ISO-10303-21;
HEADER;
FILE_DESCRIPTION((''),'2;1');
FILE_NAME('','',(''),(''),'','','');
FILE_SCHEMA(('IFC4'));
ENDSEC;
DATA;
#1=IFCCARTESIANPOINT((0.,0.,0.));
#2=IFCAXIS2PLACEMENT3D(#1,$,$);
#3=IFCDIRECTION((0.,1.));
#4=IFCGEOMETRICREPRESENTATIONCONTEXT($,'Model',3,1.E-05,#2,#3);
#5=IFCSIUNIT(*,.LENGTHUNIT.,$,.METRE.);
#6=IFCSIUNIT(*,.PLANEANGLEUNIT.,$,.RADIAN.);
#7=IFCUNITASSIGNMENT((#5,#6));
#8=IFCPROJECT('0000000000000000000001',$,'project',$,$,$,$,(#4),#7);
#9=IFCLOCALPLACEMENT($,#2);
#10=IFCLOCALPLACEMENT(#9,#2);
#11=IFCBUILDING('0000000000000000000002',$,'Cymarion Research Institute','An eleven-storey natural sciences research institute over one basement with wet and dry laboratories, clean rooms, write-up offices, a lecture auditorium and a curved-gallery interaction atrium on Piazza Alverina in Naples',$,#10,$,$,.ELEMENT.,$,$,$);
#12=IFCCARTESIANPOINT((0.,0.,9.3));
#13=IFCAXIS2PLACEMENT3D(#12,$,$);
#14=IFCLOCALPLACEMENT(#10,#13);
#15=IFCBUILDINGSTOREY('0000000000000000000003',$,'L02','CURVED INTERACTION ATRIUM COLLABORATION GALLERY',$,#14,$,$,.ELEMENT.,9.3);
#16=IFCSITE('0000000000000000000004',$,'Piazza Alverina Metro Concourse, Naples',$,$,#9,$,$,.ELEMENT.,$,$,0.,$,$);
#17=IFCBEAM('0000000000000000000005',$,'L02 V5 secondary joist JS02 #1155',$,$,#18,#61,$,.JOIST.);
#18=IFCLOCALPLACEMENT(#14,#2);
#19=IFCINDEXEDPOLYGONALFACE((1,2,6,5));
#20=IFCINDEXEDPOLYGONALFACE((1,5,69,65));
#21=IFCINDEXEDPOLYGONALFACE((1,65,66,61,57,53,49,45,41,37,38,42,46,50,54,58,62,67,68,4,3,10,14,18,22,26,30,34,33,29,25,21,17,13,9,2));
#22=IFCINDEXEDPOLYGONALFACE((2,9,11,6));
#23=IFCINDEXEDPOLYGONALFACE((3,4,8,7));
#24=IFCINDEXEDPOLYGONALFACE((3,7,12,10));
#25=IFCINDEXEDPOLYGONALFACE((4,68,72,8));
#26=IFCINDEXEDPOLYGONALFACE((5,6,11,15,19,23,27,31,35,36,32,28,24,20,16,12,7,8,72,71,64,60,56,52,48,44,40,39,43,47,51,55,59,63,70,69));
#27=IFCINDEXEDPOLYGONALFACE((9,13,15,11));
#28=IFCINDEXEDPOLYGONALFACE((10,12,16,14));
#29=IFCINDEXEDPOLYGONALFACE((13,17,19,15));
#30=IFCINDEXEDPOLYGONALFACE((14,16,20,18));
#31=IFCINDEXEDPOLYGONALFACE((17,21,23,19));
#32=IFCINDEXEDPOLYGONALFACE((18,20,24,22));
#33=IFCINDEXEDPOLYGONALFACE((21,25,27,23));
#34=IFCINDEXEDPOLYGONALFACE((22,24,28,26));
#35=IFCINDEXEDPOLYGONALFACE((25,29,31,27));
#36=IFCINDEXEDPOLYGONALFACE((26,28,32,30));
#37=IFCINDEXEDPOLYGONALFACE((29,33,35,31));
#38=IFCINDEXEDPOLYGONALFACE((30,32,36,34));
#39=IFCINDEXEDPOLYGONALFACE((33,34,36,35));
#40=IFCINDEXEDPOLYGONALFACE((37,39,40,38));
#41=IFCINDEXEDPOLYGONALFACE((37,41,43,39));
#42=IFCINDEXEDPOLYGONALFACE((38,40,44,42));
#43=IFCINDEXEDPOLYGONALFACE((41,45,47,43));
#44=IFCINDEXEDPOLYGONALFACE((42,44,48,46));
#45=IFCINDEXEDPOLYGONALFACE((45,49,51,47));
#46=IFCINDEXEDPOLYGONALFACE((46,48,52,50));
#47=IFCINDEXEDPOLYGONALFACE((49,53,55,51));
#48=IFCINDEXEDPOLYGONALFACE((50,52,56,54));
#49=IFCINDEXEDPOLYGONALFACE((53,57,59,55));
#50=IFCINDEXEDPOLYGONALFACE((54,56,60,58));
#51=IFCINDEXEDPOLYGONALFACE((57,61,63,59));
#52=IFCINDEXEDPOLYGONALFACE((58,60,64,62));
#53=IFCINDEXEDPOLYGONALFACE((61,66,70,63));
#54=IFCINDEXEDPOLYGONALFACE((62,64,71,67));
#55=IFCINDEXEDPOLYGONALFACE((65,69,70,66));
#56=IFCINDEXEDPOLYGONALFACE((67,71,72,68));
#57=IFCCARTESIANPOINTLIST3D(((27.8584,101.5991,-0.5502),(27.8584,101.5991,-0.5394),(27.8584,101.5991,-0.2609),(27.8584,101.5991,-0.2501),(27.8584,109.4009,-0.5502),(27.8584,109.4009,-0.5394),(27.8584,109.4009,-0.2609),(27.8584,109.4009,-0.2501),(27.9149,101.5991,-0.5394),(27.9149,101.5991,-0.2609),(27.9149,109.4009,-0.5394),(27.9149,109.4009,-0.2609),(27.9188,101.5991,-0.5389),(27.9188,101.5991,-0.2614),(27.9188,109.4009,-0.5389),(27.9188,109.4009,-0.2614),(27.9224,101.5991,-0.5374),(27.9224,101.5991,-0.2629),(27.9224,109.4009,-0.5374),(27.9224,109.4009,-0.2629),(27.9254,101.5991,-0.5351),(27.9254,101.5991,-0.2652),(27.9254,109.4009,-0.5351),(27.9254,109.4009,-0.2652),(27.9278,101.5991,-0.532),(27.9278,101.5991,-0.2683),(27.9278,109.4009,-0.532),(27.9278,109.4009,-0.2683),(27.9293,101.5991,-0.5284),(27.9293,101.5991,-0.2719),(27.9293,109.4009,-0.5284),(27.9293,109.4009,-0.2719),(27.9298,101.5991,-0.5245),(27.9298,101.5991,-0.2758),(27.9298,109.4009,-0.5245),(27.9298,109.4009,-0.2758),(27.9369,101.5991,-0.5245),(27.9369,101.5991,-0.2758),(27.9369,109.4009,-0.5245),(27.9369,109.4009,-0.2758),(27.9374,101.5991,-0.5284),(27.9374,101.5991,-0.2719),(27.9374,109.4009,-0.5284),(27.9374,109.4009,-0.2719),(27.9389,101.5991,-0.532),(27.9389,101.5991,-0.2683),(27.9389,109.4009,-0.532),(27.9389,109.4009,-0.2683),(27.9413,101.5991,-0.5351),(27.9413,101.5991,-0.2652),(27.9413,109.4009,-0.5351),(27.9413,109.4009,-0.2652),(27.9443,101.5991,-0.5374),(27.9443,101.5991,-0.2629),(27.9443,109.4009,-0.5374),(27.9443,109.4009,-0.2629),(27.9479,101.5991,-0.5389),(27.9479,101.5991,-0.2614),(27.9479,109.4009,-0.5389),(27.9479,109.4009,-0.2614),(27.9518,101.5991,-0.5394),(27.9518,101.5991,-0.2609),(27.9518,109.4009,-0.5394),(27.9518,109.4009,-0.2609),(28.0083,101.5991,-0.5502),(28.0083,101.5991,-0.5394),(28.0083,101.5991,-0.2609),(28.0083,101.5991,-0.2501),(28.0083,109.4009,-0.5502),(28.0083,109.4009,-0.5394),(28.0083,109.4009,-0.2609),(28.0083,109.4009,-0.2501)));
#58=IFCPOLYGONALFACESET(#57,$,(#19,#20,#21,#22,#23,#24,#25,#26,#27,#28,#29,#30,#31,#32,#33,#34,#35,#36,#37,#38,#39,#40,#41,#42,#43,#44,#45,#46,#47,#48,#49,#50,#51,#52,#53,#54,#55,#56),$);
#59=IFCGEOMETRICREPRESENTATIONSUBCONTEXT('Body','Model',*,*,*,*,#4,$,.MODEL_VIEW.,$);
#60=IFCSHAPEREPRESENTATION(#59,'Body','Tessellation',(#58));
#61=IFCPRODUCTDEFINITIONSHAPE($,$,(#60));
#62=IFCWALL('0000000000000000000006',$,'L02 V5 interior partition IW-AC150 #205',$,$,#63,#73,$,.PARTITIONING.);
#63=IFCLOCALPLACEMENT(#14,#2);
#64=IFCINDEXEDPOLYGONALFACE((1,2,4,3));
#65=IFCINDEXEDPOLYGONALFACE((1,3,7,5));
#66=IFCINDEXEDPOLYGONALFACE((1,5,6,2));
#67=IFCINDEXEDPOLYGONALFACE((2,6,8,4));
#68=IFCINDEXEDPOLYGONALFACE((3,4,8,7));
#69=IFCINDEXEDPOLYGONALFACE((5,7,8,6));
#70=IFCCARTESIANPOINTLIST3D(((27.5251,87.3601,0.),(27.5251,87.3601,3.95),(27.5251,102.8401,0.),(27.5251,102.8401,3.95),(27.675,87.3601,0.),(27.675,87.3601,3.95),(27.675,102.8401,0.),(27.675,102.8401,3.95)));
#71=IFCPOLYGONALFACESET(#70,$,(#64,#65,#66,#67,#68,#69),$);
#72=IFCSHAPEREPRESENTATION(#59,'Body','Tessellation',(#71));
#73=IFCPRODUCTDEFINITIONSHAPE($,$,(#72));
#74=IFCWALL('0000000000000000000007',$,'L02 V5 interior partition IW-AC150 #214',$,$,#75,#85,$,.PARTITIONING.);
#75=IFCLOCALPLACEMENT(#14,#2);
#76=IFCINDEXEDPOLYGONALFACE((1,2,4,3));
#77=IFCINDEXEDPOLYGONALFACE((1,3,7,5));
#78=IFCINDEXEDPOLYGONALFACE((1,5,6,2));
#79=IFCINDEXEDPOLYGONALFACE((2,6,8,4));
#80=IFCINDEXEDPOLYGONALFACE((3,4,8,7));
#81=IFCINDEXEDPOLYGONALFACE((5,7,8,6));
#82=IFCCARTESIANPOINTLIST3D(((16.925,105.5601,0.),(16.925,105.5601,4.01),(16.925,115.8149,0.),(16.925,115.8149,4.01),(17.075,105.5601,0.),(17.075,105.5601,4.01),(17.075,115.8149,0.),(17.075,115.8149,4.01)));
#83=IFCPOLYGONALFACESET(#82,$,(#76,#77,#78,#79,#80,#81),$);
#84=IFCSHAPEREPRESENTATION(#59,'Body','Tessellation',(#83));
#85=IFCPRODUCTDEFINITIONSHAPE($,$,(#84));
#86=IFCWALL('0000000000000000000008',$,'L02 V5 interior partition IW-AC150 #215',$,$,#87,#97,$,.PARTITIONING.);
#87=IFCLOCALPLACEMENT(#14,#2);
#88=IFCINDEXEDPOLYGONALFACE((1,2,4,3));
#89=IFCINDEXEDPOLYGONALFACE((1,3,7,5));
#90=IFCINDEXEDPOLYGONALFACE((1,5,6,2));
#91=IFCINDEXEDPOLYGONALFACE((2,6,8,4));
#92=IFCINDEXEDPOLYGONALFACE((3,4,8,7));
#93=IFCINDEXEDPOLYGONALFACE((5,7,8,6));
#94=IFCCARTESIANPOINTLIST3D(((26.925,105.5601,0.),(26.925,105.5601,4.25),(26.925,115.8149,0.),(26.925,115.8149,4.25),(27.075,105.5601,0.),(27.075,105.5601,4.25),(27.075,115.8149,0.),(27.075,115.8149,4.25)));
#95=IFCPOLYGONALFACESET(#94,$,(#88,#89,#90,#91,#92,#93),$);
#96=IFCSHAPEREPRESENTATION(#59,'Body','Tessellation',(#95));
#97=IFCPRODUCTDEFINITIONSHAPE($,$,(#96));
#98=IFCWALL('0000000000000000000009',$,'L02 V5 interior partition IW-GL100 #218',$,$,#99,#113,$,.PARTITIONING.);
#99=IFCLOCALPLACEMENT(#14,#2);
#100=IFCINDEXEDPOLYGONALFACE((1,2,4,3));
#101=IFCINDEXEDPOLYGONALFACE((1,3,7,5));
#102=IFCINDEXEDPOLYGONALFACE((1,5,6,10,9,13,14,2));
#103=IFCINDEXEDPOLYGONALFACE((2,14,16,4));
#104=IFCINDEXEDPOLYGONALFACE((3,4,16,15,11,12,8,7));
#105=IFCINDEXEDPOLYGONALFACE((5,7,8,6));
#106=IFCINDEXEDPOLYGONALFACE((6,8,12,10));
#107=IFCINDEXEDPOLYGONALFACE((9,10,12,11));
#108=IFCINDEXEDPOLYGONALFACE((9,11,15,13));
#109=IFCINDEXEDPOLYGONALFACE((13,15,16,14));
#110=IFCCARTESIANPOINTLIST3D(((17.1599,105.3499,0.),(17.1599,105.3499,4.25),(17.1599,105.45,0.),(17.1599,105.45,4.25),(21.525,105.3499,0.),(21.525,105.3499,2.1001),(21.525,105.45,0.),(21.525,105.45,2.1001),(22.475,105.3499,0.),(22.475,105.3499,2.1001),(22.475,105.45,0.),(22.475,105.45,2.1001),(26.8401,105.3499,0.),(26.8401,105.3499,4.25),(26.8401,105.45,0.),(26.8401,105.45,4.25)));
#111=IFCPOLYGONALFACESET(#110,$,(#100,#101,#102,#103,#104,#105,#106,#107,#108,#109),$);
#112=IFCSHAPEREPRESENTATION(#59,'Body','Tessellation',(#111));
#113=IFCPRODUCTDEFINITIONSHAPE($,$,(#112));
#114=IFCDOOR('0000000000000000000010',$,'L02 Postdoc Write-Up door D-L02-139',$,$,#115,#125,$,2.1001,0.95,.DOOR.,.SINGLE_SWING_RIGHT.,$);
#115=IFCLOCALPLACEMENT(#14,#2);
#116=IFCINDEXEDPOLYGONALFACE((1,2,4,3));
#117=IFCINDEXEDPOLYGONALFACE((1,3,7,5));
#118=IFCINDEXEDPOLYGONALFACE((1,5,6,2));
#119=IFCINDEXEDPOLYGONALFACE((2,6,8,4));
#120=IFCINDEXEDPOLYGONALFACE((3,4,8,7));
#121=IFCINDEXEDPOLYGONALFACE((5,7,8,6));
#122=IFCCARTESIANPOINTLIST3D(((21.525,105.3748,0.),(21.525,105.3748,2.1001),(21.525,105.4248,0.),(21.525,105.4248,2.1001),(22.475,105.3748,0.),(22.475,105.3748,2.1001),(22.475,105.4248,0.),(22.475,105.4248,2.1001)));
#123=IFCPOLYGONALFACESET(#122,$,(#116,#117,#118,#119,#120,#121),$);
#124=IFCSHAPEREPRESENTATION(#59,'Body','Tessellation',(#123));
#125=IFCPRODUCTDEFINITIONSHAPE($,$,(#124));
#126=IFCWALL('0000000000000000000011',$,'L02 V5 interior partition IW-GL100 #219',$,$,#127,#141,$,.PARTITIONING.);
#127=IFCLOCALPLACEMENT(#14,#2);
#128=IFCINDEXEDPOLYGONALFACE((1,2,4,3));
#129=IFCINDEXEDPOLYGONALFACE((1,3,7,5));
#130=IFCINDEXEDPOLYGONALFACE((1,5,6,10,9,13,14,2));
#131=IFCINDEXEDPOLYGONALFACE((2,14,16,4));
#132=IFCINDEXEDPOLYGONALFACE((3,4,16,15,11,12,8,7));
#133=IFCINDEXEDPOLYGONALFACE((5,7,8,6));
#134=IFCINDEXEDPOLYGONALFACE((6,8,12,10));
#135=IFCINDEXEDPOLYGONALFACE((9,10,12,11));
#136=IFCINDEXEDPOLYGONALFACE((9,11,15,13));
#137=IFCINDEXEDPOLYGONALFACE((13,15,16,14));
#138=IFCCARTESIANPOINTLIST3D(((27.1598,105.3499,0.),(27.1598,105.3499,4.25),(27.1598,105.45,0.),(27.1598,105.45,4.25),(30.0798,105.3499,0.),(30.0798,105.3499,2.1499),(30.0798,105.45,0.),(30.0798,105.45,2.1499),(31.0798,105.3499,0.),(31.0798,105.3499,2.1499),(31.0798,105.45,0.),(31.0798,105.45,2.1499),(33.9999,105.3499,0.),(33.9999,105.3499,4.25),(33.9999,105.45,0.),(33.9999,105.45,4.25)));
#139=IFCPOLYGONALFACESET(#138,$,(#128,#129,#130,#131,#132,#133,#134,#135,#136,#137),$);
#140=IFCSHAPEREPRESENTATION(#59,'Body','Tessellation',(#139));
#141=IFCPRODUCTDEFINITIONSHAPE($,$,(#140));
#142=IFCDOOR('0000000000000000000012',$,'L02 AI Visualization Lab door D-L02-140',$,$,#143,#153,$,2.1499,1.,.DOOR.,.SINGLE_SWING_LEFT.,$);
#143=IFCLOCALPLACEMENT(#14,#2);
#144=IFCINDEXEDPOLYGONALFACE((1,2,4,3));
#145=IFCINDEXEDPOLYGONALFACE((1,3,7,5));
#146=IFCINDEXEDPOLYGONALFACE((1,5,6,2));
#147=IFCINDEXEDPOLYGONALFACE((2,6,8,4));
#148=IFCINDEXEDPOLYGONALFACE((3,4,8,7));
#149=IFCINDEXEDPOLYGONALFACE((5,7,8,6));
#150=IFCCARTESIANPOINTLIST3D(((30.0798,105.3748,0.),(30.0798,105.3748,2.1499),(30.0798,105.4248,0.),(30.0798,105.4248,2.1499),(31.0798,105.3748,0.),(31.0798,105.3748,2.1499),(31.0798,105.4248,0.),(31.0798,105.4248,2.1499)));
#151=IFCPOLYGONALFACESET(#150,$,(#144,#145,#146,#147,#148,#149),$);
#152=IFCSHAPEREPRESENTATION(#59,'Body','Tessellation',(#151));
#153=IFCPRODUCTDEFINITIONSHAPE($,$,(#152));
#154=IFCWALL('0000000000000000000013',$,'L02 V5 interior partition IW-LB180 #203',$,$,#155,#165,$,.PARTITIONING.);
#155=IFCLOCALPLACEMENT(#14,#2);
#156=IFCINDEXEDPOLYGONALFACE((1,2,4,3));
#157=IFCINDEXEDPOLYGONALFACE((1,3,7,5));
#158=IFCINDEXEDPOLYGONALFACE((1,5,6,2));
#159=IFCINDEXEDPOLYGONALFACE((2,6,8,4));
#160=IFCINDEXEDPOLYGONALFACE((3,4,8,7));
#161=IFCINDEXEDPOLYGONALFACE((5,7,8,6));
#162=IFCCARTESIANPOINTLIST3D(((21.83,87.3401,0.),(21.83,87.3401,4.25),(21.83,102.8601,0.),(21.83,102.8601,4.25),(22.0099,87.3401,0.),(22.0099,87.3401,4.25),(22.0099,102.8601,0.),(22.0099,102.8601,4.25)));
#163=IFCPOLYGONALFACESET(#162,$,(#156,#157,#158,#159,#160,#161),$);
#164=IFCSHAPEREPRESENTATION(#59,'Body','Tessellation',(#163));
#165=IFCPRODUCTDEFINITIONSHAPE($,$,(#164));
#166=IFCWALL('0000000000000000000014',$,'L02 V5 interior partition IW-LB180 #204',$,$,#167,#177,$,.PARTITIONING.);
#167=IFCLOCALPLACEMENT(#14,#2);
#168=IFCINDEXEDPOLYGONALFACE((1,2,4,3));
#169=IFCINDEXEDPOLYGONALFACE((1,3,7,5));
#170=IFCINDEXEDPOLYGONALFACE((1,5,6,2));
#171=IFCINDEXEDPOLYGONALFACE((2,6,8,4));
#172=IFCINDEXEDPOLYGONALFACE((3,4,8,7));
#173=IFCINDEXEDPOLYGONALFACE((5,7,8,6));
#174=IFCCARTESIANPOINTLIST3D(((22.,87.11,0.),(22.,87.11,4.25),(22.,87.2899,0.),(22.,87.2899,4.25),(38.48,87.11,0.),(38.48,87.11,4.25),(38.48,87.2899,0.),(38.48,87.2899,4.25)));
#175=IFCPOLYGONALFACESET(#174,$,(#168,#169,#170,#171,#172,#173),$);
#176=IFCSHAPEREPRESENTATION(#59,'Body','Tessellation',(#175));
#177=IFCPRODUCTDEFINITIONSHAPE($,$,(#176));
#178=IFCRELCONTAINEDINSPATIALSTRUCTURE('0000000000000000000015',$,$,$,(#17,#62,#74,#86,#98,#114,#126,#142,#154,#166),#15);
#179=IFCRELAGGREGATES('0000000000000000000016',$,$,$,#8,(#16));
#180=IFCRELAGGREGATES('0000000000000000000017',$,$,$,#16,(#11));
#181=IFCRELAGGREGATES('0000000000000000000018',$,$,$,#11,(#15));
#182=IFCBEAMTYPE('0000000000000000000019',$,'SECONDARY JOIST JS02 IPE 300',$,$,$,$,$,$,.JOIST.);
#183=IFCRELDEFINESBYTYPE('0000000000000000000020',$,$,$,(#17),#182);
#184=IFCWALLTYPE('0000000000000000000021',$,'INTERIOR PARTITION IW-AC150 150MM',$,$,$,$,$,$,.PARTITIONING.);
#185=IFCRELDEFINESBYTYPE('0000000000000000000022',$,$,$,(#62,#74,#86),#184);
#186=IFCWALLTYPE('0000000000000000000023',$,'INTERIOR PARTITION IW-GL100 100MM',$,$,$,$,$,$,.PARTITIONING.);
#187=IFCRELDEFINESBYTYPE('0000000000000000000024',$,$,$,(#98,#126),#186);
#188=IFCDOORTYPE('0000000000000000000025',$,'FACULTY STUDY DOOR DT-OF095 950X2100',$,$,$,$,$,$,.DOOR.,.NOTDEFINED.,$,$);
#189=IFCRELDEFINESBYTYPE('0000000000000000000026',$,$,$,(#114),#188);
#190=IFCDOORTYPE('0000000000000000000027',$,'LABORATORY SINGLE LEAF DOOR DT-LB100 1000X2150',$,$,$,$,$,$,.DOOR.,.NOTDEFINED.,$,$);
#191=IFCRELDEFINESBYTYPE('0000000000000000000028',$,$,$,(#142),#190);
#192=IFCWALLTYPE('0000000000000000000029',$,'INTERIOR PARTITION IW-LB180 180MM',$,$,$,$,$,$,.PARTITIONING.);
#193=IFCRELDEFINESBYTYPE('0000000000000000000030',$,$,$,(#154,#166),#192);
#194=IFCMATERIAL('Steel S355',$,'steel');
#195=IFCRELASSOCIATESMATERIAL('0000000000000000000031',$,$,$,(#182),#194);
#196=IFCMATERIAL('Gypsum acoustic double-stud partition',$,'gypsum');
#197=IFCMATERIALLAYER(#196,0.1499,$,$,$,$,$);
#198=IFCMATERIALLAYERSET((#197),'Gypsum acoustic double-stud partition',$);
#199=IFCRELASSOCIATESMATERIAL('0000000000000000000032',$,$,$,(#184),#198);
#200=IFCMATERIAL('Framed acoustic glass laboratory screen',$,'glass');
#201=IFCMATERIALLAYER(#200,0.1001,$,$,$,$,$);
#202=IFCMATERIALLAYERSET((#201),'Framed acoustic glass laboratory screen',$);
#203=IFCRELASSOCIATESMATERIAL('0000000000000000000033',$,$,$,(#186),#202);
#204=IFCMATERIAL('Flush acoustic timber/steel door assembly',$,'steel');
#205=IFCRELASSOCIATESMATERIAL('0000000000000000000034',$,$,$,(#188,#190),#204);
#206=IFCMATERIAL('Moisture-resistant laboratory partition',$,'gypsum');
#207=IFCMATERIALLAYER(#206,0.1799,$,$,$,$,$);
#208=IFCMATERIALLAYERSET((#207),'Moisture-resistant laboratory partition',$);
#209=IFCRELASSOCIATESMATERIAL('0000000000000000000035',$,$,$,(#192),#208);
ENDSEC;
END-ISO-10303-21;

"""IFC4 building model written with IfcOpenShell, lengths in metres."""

from ifc_helpers import new_model, si_unit, direction, frame, frame_2d, origin, origin_2d, place, context, subcontext, project, spatial, rectangle, i_section, extrude, material, layer, layer_set, material_profile, profile_set, type_object, element, fill, save


model = new_model("IFC4")

# Units and contexts
model_context = context("Model", 3, precision=1e-05, world=origin(), true_north=direction((0.0, 1.0)))
body_context = subcontext(model_context, "Body", "Model", "MODEL_VIEW")
ifc_project = project(units=[si_unit("LENGTHUNIT", "METRE"), si_unit("PLANEANGLEUNIT", "RADIAN")], contexts=[model_context])

# Site, building, storey
site_placement = place(None, origin())
site = spatial("IfcSite", under=ifc_project, at=site_placement, Name="Piazza Alverina Metro Concourse, Naples", CompositionType="ELEMENT", RefElevation=0.0)
building_placement = place(site_placement, origin())
building = spatial("IfcBuilding", under=site, at=building_placement, Name="Cymarion Research Institute", Description="An eleven-storey natural sciences research institute over one basement with wet and dry laboratories, clean rooms, write-up offices, a lecture auditorium and a curved-gallery interaction atrium on Piazza Alverina in Naples", CompositionType="ELEMENT")
storey_placement = place(building_placement, frame((0.0, 0.0, 9.3)))
storey = spatial("IfcBuildingStorey", under=building, at=storey_placement, Name="L02", Description="CURVED INTERACTION ATRIUM COLLABORATION GALLERY", CompositionType="ELEMENT", Elevation=9.3)

# Shared definitions
ifc_material_1 = material(Name="Steel S355", Category="steel")

# Beam
ifc_material_profile_1 = material_profile(ifc_material_1, i_section(OverallWidth=0.1499, OverallDepth=0.3, WebThickness=0.0071, FlangeThickness=0.0107, FilletRadius=0.0149, at=origin_2d()), Name="IPE 300")
ifc_profile_set_1 = profile_set([ifc_material_profile_1], Name="Steel S355")
beam_type_1 = type_object("IfcBeamType", Name="SECONDARY JOIST JS02 IPE 300", PredefinedType="JOIST", material=ifc_profile_set_1)
for number, where, z_axis, x_axis, name in (
    (1, (27.9333, 101.5991, -0.4001), (0.0, 1.0, 0.0), (-1.0, 0.0, 0.0), "L02 V5 secondary joist JS02 #1155"),
):
    element("IfcBeam", number, at=place(storey_placement, frame(where, z_axis=z_axis, x_axis=x_axis)), inside=storey, type_object=beam_type_1, Name=name, PredefinedType="JOIST", context=body_context, shape_type="SweptSolid", body=[
        extrude(i_section(OverallWidth=0.1499, OverallDepth=0.3, WebThickness=0.0071, FlangeThickness=0.0107, FilletRadius=0.0149, at=origin_2d()), origin(), (0.0, 0.0, 1.0), 7.8018),
    ])

# Walls
ifc_material_2 = material(Name="Gypsum acoustic double-stud partition", Category="gypsum")
ifc_layer_1 = layer(ifc_material_2, 0.1499)
ifc_layer_set_1 = layer_set([ifc_layer_1], Name="Gypsum acoustic double-stud partition")
wall_type_1 = type_object("IfcWallType", Name="INTERIOR PARTITION IW-AC150 150MM", PredefinedType="PARTITIONING", material=ifc_layer_set_1)
wall_1_placement = place(storey_placement, frame((27.6001, 87.3601, 0.0), z_axis=(0.0, 0.0, 1.0), x_axis=(0.0, 1.0, 0.0)))
element("IfcWall", 2, at=wall_1_placement, inside=storey, type_object=wall_type_1, Name="L02 V5 interior partition IW-AC150 #205", PredefinedType="PARTITIONING", context=body_context, shape_type="SweptSolid", body=[
    extrude(rectangle(XDim=15.48, YDim=0.1499, at=frame_2d((7.74, 0.0))), origin(), (0.0, 0.0, 1.0), 3.95),
])
wall_2_placement = place(storey_placement, frame((17.0, 105.5601, 0.0), z_axis=(0.0, 0.0, 1.0), x_axis=(0.0, 1.0, 0.0)))
element("IfcWall", 3, at=wall_2_placement, inside=storey, type_object=wall_type_1, Name="L02 V5 interior partition IW-AC150 #214", PredefinedType="PARTITIONING", context=body_context, shape_type="SweptSolid", body=[
    extrude(rectangle(XDim=10.2549, YDim=0.1499, at=frame_2d((5.1274, 0.0))), origin(), (0.0, 0.0, 1.0), 4.01),
])
wall_3_placement = place(storey_placement, frame((27.0, 105.5601, 0.0), z_axis=(0.0, 0.0, 1.0), x_axis=(0.0, 1.0, 0.0)))
element("IfcWall", 4, at=wall_3_placement, inside=storey, type_object=wall_type_1, Name="L02 V5 interior partition IW-AC150 #215", PredefinedType="PARTITIONING", context=body_context, shape_type="SweptSolid", body=[
    extrude(rectangle(XDim=10.2549, YDim=0.1499, at=frame_2d((5.1274, 0.0))), origin(), (0.0, 0.0, 1.0), 4.25),
])

# Walls, openings, doors
ifc_material_3 = material(Name="Framed acoustic glass laboratory screen", Category="glass")
ifc_layer_2 = layer(ifc_material_3, 0.1001)
ifc_layer_set_2 = layer_set([ifc_layer_2], Name="Framed acoustic glass laboratory screen")
wall_type_2 = type_object("IfcWallType", Name="INTERIOR PARTITION IW-GL100 100MM", PredefinedType="PARTITIONING", material=ifc_layer_set_2)
wall_4_placement = place(storey_placement, frame((17.1599, 105.3999, 0.0), z_axis=(0.0, 0.0, 1.0), x_axis=(1.0, 0.0, 0.0)))
wall_4 = element("IfcWall", 5, at=wall_4_placement, inside=storey, type_object=wall_type_2, Name="L02 V5 interior partition IW-GL100 #218", PredefinedType="PARTITIONING", context=body_context, shape_type="SweptSolid", body=[
    extrude(rectangle(XDim=9.6802, YDim=0.1001, at=frame_2d((4.8401, 0.0))), origin(), (0.0, 0.0, 1.0), 4.25),
])
opening_1_placement = place(wall_4_placement, frame((4.365, 0.0, 0.0)))
opening_1 = element("IfcOpeningElement", 6, at=opening_1_placement, cuts=wall_4, PredefinedType="OPENING", context=body_context, shape_type="SweptSolid", body=[
    extrude(rectangle(XDim=0.95, YDim=2.1001, at=frame_2d((0.4751, 1.05))), frame((0.0, 0.0601, 0.0), z_axis=(0.0, -1.0, 0.0), x_axis=(1.0, 0.0, 0.0)), (0.0, 0.0, 1.0), 0.1201),
])
ifc_material_4 = material(Name="Flush acoustic timber/steel door assembly", Category="steel")
door_type_1 = type_object("IfcDoorType", Name="FACULTY STUDY DOOR DT-OF095 950X2100", OperationType="NOTDEFINED", PredefinedType="DOOR", material=ifc_material_4)
door_1_placement = place(opening_1_placement, origin())
door_1 = element("IfcDoor", 7, at=door_1_placement, inside=storey, type_object=door_type_1, Name="L02 Postdoc Write-Up door D-L02-139", OperationType="SINGLE_SWING_RIGHT", OverallHeight=2.1001, OverallWidth=0.95, PredefinedType="DOOR", context=body_context, shape_type="SweptSolid", body=[
    extrude(rectangle(XDim=0.95, YDim=2.1001, at=frame_2d((0.4751, 1.05))), frame((0.0, 0.0249, 0.0), z_axis=(0.0, -1.0, 0.0), x_axis=(1.0, 0.0, 0.0)), (0.0, 0.0, 1.0), 0.05),
])
fill(opening_1, door_1)
wall_5_placement = place(storey_placement, frame((27.1599, 105.3999, 0.0), z_axis=(0.0, 0.0, 1.0), x_axis=(1.0, 0.0, 0.0)))
wall_5 = element("IfcWall", 8, at=wall_5_placement, inside=storey, type_object=wall_type_2, Name="L02 V5 interior partition IW-GL100 #219", PredefinedType="PARTITIONING", context=body_context, shape_type="SweptSolid", body=[
    extrude(rectangle(XDim=6.8401, YDim=0.1001, at=frame_2d((3.4199, 0.0))), origin(), (0.0, 0.0, 1.0), 4.25),
])
opening_2_placement = place(wall_5_placement, frame((2.9199, 0.0, 0.0)))
opening_2 = element("IfcOpeningElement", 9, at=opening_2_placement, cuts=wall_5, PredefinedType="OPENING", context=body_context, shape_type="SweptSolid", body=[
    extrude(rectangle(XDim=1.0, YDim=2.1499, at=frame_2d((0.5, 1.075))), frame((0.0, 0.0601, 0.0), z_axis=(0.0, -1.0, 0.0), x_axis=(1.0, 0.0, 0.0)), (0.0, 0.0, 1.0), 0.1201),
])
door_type_2 = type_object("IfcDoorType", Name="LABORATORY SINGLE LEAF DOOR DT-LB100 1000X2150", OperationType="NOTDEFINED", PredefinedType="DOOR", material=ifc_material_4)
door_2_placement = place(opening_2_placement, origin())
door_2 = element("IfcDoor", 10, at=door_2_placement, inside=storey, type_object=door_type_2, Name="L02 AI Visualization Lab door D-L02-140", OperationType="SINGLE_SWING_LEFT", OverallHeight=2.1499, OverallWidth=1.0, PredefinedType="DOOR", context=body_context, shape_type="SweptSolid", body=[
    extrude(rectangle(XDim=1.0, YDim=2.1499, at=frame_2d((0.5, 1.075))), frame((0.0, 0.0249, 0.0), z_axis=(0.0, -1.0, 0.0), x_axis=(1.0, 0.0, 0.0)), (0.0, 0.0, 1.0), 0.05),
])
fill(opening_2, door_2)

# Walls
ifc_material_5 = material(Name="Moisture-resistant laboratory partition", Category="gypsum")
ifc_layer_3 = layer(ifc_material_5, 0.1799)
ifc_layer_set_3 = layer_set([ifc_layer_3], Name="Moisture-resistant laboratory partition")
wall_type_3 = type_object("IfcWallType", Name="INTERIOR PARTITION IW-LB180 180MM", PredefinedType="PARTITIONING", material=ifc_layer_set_3)
wall_6_placement = place(storey_placement, frame((21.9199, 87.3401, 0.0), z_axis=(0.0, 0.0, 1.0), x_axis=(0.0, 1.0, 0.0)))
element("IfcWall", 11, at=wall_6_placement, inside=storey, type_object=wall_type_3, Name="L02 V5 interior partition IW-LB180 #203", PredefinedType="PARTITIONING", context=body_context, shape_type="SweptSolid", body=[
    extrude(rectangle(XDim=15.52, YDim=0.1799, at=frame_2d((7.76, 0.0))), origin(), (0.0, 0.0, 1.0), 4.25),
])
wall_7_placement = place(storey_placement, frame((22.0, 87.2, 0.0), z_axis=(0.0, 0.0, 1.0), x_axis=(1.0, 0.0, 0.0)))
element("IfcWall", 12, at=wall_7_placement, inside=storey, type_object=wall_type_3, Name="L02 V5 interior partition IW-LB180 #204", PredefinedType="PARTITIONING", context=body_context, shape_type="SweptSolid", body=[
    extrude(rectangle(XDim=16.48, YDim=0.1799, at=frame_2d((8.24, 0.0))), origin(), (0.0, 0.0, 1.0), 4.25),
])

save(model, "model.ifc")
